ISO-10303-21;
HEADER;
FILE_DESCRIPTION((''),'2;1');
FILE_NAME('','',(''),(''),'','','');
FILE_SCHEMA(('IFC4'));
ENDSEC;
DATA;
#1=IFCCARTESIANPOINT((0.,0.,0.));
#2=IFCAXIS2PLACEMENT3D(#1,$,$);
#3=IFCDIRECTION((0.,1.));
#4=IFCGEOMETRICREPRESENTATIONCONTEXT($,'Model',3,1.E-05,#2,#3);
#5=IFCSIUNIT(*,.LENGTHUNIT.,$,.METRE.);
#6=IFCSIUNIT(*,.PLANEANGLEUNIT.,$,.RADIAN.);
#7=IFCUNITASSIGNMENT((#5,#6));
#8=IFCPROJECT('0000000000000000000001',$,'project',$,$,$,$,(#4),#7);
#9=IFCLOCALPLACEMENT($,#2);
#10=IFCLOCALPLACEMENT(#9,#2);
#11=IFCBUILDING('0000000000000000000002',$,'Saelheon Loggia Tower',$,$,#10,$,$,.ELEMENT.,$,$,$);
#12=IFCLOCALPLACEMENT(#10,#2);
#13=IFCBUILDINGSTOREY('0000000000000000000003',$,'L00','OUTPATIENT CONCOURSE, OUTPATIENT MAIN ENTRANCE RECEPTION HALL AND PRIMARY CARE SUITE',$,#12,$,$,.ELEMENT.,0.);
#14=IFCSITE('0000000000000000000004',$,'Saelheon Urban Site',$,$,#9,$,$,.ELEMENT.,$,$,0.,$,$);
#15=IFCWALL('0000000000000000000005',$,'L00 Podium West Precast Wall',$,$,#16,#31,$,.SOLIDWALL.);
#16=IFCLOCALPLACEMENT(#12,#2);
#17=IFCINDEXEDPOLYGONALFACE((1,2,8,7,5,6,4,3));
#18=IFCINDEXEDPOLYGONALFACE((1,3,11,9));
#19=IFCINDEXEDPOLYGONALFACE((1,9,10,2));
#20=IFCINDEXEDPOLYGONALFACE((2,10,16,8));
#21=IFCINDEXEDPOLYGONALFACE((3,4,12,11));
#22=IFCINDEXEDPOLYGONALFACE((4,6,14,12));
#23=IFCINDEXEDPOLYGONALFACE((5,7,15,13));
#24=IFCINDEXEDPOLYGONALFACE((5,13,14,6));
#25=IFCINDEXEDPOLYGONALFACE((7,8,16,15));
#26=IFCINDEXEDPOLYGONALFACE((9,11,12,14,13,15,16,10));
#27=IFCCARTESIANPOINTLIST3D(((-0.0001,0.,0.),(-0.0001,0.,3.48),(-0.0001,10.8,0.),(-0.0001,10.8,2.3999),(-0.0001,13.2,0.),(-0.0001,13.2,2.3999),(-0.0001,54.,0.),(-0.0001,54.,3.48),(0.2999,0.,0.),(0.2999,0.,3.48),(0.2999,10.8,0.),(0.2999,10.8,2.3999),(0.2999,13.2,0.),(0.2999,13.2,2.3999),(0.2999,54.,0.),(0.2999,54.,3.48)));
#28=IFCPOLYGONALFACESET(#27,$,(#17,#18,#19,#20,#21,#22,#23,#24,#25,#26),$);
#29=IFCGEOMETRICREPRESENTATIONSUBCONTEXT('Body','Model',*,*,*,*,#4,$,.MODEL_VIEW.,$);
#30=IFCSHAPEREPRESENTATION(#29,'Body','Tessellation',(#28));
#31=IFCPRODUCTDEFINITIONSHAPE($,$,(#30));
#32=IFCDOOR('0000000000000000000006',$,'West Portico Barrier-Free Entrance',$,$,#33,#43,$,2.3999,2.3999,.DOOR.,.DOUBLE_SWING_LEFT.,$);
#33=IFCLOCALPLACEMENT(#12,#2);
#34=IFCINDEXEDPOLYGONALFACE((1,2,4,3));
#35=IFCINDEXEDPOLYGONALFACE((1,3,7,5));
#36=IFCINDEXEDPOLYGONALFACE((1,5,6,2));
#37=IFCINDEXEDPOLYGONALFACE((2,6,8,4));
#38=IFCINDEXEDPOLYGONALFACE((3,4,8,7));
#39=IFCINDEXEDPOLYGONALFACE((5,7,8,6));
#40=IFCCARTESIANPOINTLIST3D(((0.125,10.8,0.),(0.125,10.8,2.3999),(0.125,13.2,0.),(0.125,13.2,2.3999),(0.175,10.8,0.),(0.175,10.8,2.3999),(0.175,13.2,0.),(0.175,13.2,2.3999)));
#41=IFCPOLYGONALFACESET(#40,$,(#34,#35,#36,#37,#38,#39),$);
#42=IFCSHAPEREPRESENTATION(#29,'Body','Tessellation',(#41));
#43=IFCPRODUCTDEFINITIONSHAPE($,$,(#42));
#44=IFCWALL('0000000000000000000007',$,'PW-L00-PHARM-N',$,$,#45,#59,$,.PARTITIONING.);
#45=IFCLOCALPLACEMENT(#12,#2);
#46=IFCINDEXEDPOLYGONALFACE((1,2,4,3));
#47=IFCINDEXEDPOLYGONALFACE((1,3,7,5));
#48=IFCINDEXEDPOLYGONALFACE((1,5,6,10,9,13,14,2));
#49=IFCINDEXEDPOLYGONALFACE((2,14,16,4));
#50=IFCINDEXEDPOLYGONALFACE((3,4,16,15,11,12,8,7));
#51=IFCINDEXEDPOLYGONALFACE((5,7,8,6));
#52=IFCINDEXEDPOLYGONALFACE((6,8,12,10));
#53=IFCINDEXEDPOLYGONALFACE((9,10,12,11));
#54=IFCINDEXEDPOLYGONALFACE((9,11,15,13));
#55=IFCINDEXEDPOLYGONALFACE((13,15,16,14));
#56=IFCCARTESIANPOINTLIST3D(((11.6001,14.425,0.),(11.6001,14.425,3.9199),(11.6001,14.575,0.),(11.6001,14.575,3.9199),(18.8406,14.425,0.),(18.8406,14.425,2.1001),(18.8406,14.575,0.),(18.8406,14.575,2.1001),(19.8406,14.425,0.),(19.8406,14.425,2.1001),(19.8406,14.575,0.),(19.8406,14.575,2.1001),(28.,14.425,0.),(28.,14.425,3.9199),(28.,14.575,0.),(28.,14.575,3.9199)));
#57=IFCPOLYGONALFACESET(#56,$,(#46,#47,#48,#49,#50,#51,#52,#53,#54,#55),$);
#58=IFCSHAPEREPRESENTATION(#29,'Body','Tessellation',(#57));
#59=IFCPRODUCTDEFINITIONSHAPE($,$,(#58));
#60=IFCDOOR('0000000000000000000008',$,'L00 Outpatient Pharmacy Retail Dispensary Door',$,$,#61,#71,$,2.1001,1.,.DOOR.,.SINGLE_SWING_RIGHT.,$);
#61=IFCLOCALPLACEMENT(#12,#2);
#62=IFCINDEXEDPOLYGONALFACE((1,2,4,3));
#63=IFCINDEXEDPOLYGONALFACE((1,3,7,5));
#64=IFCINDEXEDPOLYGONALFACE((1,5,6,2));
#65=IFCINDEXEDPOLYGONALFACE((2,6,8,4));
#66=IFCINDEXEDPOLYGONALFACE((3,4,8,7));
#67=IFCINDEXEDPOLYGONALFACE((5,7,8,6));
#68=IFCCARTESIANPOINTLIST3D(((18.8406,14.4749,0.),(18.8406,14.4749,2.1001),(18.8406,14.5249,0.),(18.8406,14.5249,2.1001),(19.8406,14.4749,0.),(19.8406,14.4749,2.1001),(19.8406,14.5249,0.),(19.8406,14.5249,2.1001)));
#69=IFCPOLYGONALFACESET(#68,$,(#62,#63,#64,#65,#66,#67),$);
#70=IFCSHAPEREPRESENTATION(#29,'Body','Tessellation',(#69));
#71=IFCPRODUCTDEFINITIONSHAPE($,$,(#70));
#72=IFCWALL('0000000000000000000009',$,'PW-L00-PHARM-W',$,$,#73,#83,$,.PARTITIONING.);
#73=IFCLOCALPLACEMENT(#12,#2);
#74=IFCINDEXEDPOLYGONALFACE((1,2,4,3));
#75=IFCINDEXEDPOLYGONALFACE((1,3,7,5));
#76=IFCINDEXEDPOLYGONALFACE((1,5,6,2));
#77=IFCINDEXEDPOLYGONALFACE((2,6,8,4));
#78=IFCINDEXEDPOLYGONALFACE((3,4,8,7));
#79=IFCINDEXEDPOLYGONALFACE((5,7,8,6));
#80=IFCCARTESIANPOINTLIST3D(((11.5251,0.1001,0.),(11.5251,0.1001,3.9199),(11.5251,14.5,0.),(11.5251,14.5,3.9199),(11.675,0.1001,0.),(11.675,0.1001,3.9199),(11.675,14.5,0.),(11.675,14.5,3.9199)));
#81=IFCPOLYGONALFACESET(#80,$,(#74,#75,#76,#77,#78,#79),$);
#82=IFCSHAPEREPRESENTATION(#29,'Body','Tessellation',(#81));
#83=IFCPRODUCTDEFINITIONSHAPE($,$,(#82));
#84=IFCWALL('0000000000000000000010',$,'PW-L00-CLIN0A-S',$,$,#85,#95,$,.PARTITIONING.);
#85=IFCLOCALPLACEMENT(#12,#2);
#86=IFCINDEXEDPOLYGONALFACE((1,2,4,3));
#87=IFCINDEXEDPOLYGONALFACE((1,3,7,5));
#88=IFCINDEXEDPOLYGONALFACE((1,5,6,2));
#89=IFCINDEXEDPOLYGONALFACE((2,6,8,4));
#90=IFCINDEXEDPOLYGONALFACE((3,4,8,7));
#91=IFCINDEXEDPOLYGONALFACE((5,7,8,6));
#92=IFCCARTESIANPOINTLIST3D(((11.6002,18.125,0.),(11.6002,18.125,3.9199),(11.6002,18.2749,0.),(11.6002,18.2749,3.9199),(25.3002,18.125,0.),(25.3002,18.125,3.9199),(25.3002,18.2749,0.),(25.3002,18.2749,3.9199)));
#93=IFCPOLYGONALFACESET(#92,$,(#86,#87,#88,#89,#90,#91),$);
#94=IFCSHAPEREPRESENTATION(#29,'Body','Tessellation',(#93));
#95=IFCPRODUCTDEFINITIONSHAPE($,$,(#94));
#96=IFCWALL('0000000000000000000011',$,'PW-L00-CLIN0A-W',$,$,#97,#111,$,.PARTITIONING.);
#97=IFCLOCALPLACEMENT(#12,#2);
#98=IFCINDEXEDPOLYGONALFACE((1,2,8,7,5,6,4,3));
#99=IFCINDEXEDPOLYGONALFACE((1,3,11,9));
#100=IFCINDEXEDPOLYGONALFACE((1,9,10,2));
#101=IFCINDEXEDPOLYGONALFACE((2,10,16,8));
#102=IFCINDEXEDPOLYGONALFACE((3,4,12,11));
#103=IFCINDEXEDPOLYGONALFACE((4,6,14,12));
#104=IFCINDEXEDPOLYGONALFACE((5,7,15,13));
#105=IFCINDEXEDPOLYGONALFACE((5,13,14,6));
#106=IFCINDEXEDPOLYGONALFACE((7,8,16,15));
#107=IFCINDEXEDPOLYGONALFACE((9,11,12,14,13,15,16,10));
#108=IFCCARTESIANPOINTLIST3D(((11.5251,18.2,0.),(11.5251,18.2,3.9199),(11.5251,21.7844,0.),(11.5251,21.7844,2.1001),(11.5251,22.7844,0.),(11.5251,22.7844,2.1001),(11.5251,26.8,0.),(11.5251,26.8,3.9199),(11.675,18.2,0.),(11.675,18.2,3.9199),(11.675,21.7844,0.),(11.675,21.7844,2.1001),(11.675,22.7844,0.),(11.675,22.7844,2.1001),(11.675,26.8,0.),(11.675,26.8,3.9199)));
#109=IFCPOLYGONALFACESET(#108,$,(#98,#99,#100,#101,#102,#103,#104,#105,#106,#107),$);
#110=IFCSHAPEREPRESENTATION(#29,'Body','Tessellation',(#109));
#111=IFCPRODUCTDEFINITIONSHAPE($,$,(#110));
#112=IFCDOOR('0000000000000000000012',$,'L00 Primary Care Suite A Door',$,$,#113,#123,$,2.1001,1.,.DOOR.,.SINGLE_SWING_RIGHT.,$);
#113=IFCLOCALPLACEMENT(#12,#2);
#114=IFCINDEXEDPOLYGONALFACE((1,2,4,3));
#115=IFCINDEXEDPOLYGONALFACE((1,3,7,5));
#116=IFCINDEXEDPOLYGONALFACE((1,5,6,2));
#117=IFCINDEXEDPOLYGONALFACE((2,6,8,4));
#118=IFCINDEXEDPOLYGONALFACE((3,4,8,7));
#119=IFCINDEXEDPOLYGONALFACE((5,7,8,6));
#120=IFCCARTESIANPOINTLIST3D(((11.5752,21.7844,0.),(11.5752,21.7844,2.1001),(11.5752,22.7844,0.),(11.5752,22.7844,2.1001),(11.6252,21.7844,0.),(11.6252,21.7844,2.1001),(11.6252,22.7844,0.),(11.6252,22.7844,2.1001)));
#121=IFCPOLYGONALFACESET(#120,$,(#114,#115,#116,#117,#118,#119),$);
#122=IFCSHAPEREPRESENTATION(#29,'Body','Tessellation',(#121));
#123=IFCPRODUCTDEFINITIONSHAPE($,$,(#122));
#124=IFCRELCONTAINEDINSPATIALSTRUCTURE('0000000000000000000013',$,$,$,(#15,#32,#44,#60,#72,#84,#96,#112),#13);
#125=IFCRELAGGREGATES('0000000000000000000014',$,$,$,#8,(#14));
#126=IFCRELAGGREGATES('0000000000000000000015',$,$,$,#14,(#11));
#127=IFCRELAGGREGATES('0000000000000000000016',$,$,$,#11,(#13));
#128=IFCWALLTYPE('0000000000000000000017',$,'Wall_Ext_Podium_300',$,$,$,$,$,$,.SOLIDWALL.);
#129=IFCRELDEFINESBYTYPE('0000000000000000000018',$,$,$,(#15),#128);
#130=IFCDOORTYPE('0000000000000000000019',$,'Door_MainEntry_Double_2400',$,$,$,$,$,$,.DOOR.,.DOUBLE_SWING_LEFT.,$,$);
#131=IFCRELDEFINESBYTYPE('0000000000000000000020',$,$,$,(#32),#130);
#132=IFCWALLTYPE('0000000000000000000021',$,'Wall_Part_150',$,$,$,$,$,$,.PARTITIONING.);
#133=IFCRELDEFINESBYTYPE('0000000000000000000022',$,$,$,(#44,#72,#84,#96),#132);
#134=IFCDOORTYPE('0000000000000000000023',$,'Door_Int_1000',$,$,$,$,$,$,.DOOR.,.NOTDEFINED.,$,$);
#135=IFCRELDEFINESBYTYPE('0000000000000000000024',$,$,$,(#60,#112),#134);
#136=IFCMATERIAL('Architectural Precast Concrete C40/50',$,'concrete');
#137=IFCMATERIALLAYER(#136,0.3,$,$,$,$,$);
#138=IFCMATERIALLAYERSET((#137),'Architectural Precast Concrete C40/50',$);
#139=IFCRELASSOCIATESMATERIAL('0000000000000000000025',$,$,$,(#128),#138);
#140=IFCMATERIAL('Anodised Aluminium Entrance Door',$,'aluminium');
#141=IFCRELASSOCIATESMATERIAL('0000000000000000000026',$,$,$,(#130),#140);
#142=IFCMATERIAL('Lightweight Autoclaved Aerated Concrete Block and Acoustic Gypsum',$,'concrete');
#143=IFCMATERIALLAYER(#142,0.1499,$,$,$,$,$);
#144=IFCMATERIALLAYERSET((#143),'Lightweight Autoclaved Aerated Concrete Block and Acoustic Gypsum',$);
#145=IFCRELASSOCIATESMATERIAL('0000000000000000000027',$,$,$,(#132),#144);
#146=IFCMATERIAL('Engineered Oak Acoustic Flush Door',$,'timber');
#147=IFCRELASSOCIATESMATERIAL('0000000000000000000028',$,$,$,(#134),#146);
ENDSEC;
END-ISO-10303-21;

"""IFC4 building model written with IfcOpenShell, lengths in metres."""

from ifc_helpers import new_model, si_unit, direction, frame, frame_2d, origin, place, context, subcontext, project, spatial, rectangle, extrude, source, transform, mapped, material, layer, layer_set, type_object, element, fill, save


model = new_model("IFC4")

# Units and contexts
model_context = context("Model", 3, precision=1e-05, world=origin(), true_north=direction((0.0, 1.0)))
body_context = subcontext(model_context, "Body", "Model", "MODEL_VIEW")
ifc_project = project(units=[si_unit("LENGTHUNIT", "METRE"), si_unit("PLANEANGLEUNIT", "RADIAN")], contexts=[model_context])

# Site, building, storey
site_placement = place(None, origin())
site = spatial("IfcSite", under=ifc_project, at=site_placement, Name="Saelheon Urban Site", CompositionType="ELEMENT", RefElevation=0.0)
building_placement = place(site_placement, origin())
building = spatial("IfcBuilding", under=site, at=building_placement, Name="Saelheon Loggia Tower", CompositionType="ELEMENT")
storey_placement = place(building_placement, origin())
storey = spatial("IfcBuildingStorey", under=building, at=storey_placement, Name="L00", Description="OUTPATIENT CONCOURSE, OUTPATIENT MAIN ENTRANCE RECEPTION HALL AND PRIMARY CARE SUITE", CompositionType="ELEMENT", Elevation=0.0)

# Shared definitions
ifc_material_1 = material(Name="Architectural Precast Concrete C40/50", Category="concrete")
ifc_layer_1 = layer(ifc_material_1, 0.3)
ifc_layer_set_1 = layer_set([ifc_layer_1], Name="Architectural Precast Concrete C40/50")
wall_type_1 = type_object("IfcWallType", Name="Wall_Ext_Podium_300", PredefinedType="SOLIDWALL", material=ifc_layer_set_1)
ifc_material_2 = material(Name="Anodised Aluminium Entrance Door", Category="aluminium")
door_type_1 = type_object("IfcDoorType", Name="Door_MainEntry_Double_2400", OperationType="DOUBLE_SWING_LEFT", PredefinedType="DOOR", material=ifc_material_2)
shared_shape_1 = source(origin(), body_context, "Body", "SweptSolid", [
    extrude(rectangle(XDim=2.3999, YDim=2.3999, at=frame_2d((1.2, 1.2))), frame((0.0, 0.0249, 0.0), z_axis=(0.0, -1.0, 0.0), x_axis=(1.0, 0.0, 0.0)), (0.0, 0.0, 1.0), 0.05),
])

# Walls, openings, doors
wall_1_placement = place(storey_placement, frame((0.1499, 0.0, 0.0), z_axis=(0.0, 0.0, 1.0), x_axis=(0.0, 1.0, 0.0)))
wall_1 = element("IfcWall", 1, at=wall_1_placement, inside=storey, type_object=wall_type_1, Name="L00 Podium West Precast Wall", PredefinedType="SOLIDWALL", context=body_context, shape_type="SweptSolid", body=[
    extrude(rectangle(XDim=54.0, YDim=0.3, at=frame_2d((27.0, 0.0))), origin(), (0.0, 0.0, 1.0), 3.48),
])
opening_1_placement = place(wall_1_placement, frame((10.8, 0.0, 0.0)))
opening_1 = element("IfcOpeningElement", 2, at=opening_1_placement, cuts=wall_1, PredefinedType="OPENING", context=body_context, shape_type="SweptSolid", body=[
    extrude(rectangle(XDim=2.3999, YDim=2.3999, at=frame_2d((1.2, 1.2))), frame((0.0, 0.1621, 0.0), z_axis=(0.0, -1.0, 0.0), x_axis=(1.0, 0.0, 0.0)), (0.0, 0.0, 1.0), 0.324),
])
door_1_placement = place(opening_1_placement, origin())
door_1 = element("IfcDoor", 3, at=door_1_placement, inside=storey, type_object=door_type_1, Name="West Portico Barrier-Free Entrance", OperationType="DOUBLE_SWING_LEFT", OverallHeight=2.3999, OverallWidth=2.3999, PredefinedType="DOOR", context=body_context, shape_type="MappedRepresentation", body=[
    mapped(shared_shape_1, transform((0.0, 0.0, 0.0), scale=1.0)),
])
fill(opening_1, door_1)
ifc_material_3 = material(Name="Lightweight Autoclaved Aerated Concrete Block and Acoustic Gypsum", Category="concrete")
ifc_layer_2 = layer(ifc_material_3, 0.1499)
ifc_layer_set_2 = layer_set([ifc_layer_2], Name="Lightweight Autoclaved Aerated Concrete Block and Acoustic Gypsum")
wall_type_2 = type_object("IfcWallType", Name="Wall_Part_150", PredefinedType="PARTITIONING", material=ifc_layer_set_2)
wall_2_placement = place(storey_placement, frame((11.6001, 14.5, 0.0), z_axis=(0.0, 0.0, 1.0), x_axis=(1.0, 0.0, 0.0)))
wall_2 = element("IfcWall", 4, at=wall_2_placement, inside=storey, type_object=wall_type_2, Name="PW-L00-PHARM-N", PredefinedType="PARTITIONING", context=body_context, shape_type="SweptSolid", body=[
    extrude(rectangle(XDim=16.3999, YDim=0.1499, at=frame_2d((8.2, 0.0))), origin(), (0.0, 0.0, 1.0), 3.9199),
])
opening_2_placement = place(wall_2_placement, frame((7.2405, 0.0, 0.0)))
opening_2 = element("IfcOpeningElement", 5, at=opening_2_placement, cuts=wall_2, PredefinedType="OPENING", context=body_context, shape_type="SweptSolid", body=[
    extrude(rectangle(XDim=1.0, YDim=2.1001, at=frame_2d((0.5, 1.05))), frame((0.0, 0.0869, 0.0), z_axis=(0.0, -1.0, 0.0), x_axis=(1.0, 0.0, 0.0)), (0.0, 0.0, 1.0), 0.1738),
])
ifc_material_4 = material(Name="Engineered Oak Acoustic Flush Door", Category="timber")
door_type_2 = type_object("IfcDoorType", Name="Door_Int_1000", OperationType="NOTDEFINED", PredefinedType="DOOR", material=ifc_material_4)
shared_shape_2 = source(origin(), body_context, "Body", "SweptSolid", [
    extrude(rectangle(XDim=1.0, YDim=2.1001, at=frame_2d((0.5, 1.05))), frame((0.0, 0.0249, 0.0), z_axis=(0.0, -1.0, 0.0), x_axis=(1.0, 0.0, 0.0)), (0.0, 0.0, 1.0), 0.05),
])
door_2_placement = place(opening_2_placement, origin())
door_2 = element("IfcDoor", 6, at=door_2_placement, inside=storey, type_object=door_type_2, Name="L00 Outpatient Pharmacy Retail Dispensary Door", OperationType="SINGLE_SWING_RIGHT", OverallHeight=2.1001, OverallWidth=1.0, PredefinedType="DOOR", context=body_context, shape_type="MappedRepresentation", body=[
    mapped(shared_shape_2, transform((0.0, 0.0, 0.0), scale=1.0)),
])
fill(opening_2, door_2)

# Walls
wall_3_placement = place(storey_placement, frame((11.6001, 0.1001, 0.0), z_axis=(0.0, 0.0, 1.0), x_axis=(0.0, 1.0, 0.0)))
element("IfcWall", 7, at=wall_3_placement, inside=storey, type_object=wall_type_2, Name="PW-L00-PHARM-W", PredefinedType="PARTITIONING", context=body_context, shape_type="SweptSolid", body=[
    extrude(rectangle(XDim=14.3999, YDim=0.1499, at=frame_2d((7.2, 0.0))), origin(), (0.0, 0.0, 1.0), 3.9199),
])
wall_4_placement = place(storey_placement, frame((11.6001, 18.2, 0.0), z_axis=(0.0, 0.0, 1.0), x_axis=(1.0, 0.0, 0.0)))
element("IfcWall", 8, at=wall_4_placement, inside=storey, type_object=wall_type_2, Name="PW-L00-CLIN0A-S", PredefinedType="PARTITIONING", context=body_context, shape_type="SweptSolid", body=[
    extrude(rectangle(XDim=13.7, YDim=0.1499, at=frame_2d((6.8501, 0.0))), origin(), (0.0, 0.0, 1.0), 3.9199),
])

# Wall, opening, door
wall_5_placement = place(storey_placement, frame((11.6001, 18.2, 0.0), z_axis=(0.0, 0.0, 1.0), x_axis=(0.0, 1.0, 0.0)))
wall_5 = element("IfcWall", 9, at=wall_5_placement, inside=storey, type_object=wall_type_2, Name="PW-L00-CLIN0A-W", PredefinedType="PARTITIONING", context=body_context, shape_type="SweptSolid", body=[
    extrude(rectangle(XDim=8.6001, YDim=0.1499, at=frame_2d((4.3, 0.0))), origin(), (0.0, 0.0, 1.0), 3.9199),
])
opening_3_placement = place(wall_5_placement, frame((3.5845, 0.0, 0.0)))
opening_3 = element("IfcOpeningElement", 10, at=opening_3_placement, cuts=wall_5, PredefinedType="OPENING", context=body_context, shape_type="SweptSolid", body=[
    extrude(rectangle(XDim=1.0, YDim=2.1001, at=frame_2d((0.5, 1.05))), frame((0.0, 0.0869, 0.0), z_axis=(0.0, -1.0, 0.0), x_axis=(1.0, 0.0, 0.0)), (0.0, 0.0, 1.0), 0.1738),
])
door_3_placement = place(opening_3_placement, origin())
door_3 = element("IfcDoor", 11, at=door_3_placement, inside=storey, type_object=door_type_2, Name="L00 Primary Care Suite A Door", OperationType="SINGLE_SWING_RIGHT", OverallHeight=2.1001, OverallWidth=1.0, PredefinedType="DOOR", context=body_context, shape_type="MappedRepresentation", body=[
    mapped(shared_shape_2, transform((0.0, 0.0, 0.0), scale=1.0)),
])
fill(opening_3, door_3)

save(model, "model.ifc")
